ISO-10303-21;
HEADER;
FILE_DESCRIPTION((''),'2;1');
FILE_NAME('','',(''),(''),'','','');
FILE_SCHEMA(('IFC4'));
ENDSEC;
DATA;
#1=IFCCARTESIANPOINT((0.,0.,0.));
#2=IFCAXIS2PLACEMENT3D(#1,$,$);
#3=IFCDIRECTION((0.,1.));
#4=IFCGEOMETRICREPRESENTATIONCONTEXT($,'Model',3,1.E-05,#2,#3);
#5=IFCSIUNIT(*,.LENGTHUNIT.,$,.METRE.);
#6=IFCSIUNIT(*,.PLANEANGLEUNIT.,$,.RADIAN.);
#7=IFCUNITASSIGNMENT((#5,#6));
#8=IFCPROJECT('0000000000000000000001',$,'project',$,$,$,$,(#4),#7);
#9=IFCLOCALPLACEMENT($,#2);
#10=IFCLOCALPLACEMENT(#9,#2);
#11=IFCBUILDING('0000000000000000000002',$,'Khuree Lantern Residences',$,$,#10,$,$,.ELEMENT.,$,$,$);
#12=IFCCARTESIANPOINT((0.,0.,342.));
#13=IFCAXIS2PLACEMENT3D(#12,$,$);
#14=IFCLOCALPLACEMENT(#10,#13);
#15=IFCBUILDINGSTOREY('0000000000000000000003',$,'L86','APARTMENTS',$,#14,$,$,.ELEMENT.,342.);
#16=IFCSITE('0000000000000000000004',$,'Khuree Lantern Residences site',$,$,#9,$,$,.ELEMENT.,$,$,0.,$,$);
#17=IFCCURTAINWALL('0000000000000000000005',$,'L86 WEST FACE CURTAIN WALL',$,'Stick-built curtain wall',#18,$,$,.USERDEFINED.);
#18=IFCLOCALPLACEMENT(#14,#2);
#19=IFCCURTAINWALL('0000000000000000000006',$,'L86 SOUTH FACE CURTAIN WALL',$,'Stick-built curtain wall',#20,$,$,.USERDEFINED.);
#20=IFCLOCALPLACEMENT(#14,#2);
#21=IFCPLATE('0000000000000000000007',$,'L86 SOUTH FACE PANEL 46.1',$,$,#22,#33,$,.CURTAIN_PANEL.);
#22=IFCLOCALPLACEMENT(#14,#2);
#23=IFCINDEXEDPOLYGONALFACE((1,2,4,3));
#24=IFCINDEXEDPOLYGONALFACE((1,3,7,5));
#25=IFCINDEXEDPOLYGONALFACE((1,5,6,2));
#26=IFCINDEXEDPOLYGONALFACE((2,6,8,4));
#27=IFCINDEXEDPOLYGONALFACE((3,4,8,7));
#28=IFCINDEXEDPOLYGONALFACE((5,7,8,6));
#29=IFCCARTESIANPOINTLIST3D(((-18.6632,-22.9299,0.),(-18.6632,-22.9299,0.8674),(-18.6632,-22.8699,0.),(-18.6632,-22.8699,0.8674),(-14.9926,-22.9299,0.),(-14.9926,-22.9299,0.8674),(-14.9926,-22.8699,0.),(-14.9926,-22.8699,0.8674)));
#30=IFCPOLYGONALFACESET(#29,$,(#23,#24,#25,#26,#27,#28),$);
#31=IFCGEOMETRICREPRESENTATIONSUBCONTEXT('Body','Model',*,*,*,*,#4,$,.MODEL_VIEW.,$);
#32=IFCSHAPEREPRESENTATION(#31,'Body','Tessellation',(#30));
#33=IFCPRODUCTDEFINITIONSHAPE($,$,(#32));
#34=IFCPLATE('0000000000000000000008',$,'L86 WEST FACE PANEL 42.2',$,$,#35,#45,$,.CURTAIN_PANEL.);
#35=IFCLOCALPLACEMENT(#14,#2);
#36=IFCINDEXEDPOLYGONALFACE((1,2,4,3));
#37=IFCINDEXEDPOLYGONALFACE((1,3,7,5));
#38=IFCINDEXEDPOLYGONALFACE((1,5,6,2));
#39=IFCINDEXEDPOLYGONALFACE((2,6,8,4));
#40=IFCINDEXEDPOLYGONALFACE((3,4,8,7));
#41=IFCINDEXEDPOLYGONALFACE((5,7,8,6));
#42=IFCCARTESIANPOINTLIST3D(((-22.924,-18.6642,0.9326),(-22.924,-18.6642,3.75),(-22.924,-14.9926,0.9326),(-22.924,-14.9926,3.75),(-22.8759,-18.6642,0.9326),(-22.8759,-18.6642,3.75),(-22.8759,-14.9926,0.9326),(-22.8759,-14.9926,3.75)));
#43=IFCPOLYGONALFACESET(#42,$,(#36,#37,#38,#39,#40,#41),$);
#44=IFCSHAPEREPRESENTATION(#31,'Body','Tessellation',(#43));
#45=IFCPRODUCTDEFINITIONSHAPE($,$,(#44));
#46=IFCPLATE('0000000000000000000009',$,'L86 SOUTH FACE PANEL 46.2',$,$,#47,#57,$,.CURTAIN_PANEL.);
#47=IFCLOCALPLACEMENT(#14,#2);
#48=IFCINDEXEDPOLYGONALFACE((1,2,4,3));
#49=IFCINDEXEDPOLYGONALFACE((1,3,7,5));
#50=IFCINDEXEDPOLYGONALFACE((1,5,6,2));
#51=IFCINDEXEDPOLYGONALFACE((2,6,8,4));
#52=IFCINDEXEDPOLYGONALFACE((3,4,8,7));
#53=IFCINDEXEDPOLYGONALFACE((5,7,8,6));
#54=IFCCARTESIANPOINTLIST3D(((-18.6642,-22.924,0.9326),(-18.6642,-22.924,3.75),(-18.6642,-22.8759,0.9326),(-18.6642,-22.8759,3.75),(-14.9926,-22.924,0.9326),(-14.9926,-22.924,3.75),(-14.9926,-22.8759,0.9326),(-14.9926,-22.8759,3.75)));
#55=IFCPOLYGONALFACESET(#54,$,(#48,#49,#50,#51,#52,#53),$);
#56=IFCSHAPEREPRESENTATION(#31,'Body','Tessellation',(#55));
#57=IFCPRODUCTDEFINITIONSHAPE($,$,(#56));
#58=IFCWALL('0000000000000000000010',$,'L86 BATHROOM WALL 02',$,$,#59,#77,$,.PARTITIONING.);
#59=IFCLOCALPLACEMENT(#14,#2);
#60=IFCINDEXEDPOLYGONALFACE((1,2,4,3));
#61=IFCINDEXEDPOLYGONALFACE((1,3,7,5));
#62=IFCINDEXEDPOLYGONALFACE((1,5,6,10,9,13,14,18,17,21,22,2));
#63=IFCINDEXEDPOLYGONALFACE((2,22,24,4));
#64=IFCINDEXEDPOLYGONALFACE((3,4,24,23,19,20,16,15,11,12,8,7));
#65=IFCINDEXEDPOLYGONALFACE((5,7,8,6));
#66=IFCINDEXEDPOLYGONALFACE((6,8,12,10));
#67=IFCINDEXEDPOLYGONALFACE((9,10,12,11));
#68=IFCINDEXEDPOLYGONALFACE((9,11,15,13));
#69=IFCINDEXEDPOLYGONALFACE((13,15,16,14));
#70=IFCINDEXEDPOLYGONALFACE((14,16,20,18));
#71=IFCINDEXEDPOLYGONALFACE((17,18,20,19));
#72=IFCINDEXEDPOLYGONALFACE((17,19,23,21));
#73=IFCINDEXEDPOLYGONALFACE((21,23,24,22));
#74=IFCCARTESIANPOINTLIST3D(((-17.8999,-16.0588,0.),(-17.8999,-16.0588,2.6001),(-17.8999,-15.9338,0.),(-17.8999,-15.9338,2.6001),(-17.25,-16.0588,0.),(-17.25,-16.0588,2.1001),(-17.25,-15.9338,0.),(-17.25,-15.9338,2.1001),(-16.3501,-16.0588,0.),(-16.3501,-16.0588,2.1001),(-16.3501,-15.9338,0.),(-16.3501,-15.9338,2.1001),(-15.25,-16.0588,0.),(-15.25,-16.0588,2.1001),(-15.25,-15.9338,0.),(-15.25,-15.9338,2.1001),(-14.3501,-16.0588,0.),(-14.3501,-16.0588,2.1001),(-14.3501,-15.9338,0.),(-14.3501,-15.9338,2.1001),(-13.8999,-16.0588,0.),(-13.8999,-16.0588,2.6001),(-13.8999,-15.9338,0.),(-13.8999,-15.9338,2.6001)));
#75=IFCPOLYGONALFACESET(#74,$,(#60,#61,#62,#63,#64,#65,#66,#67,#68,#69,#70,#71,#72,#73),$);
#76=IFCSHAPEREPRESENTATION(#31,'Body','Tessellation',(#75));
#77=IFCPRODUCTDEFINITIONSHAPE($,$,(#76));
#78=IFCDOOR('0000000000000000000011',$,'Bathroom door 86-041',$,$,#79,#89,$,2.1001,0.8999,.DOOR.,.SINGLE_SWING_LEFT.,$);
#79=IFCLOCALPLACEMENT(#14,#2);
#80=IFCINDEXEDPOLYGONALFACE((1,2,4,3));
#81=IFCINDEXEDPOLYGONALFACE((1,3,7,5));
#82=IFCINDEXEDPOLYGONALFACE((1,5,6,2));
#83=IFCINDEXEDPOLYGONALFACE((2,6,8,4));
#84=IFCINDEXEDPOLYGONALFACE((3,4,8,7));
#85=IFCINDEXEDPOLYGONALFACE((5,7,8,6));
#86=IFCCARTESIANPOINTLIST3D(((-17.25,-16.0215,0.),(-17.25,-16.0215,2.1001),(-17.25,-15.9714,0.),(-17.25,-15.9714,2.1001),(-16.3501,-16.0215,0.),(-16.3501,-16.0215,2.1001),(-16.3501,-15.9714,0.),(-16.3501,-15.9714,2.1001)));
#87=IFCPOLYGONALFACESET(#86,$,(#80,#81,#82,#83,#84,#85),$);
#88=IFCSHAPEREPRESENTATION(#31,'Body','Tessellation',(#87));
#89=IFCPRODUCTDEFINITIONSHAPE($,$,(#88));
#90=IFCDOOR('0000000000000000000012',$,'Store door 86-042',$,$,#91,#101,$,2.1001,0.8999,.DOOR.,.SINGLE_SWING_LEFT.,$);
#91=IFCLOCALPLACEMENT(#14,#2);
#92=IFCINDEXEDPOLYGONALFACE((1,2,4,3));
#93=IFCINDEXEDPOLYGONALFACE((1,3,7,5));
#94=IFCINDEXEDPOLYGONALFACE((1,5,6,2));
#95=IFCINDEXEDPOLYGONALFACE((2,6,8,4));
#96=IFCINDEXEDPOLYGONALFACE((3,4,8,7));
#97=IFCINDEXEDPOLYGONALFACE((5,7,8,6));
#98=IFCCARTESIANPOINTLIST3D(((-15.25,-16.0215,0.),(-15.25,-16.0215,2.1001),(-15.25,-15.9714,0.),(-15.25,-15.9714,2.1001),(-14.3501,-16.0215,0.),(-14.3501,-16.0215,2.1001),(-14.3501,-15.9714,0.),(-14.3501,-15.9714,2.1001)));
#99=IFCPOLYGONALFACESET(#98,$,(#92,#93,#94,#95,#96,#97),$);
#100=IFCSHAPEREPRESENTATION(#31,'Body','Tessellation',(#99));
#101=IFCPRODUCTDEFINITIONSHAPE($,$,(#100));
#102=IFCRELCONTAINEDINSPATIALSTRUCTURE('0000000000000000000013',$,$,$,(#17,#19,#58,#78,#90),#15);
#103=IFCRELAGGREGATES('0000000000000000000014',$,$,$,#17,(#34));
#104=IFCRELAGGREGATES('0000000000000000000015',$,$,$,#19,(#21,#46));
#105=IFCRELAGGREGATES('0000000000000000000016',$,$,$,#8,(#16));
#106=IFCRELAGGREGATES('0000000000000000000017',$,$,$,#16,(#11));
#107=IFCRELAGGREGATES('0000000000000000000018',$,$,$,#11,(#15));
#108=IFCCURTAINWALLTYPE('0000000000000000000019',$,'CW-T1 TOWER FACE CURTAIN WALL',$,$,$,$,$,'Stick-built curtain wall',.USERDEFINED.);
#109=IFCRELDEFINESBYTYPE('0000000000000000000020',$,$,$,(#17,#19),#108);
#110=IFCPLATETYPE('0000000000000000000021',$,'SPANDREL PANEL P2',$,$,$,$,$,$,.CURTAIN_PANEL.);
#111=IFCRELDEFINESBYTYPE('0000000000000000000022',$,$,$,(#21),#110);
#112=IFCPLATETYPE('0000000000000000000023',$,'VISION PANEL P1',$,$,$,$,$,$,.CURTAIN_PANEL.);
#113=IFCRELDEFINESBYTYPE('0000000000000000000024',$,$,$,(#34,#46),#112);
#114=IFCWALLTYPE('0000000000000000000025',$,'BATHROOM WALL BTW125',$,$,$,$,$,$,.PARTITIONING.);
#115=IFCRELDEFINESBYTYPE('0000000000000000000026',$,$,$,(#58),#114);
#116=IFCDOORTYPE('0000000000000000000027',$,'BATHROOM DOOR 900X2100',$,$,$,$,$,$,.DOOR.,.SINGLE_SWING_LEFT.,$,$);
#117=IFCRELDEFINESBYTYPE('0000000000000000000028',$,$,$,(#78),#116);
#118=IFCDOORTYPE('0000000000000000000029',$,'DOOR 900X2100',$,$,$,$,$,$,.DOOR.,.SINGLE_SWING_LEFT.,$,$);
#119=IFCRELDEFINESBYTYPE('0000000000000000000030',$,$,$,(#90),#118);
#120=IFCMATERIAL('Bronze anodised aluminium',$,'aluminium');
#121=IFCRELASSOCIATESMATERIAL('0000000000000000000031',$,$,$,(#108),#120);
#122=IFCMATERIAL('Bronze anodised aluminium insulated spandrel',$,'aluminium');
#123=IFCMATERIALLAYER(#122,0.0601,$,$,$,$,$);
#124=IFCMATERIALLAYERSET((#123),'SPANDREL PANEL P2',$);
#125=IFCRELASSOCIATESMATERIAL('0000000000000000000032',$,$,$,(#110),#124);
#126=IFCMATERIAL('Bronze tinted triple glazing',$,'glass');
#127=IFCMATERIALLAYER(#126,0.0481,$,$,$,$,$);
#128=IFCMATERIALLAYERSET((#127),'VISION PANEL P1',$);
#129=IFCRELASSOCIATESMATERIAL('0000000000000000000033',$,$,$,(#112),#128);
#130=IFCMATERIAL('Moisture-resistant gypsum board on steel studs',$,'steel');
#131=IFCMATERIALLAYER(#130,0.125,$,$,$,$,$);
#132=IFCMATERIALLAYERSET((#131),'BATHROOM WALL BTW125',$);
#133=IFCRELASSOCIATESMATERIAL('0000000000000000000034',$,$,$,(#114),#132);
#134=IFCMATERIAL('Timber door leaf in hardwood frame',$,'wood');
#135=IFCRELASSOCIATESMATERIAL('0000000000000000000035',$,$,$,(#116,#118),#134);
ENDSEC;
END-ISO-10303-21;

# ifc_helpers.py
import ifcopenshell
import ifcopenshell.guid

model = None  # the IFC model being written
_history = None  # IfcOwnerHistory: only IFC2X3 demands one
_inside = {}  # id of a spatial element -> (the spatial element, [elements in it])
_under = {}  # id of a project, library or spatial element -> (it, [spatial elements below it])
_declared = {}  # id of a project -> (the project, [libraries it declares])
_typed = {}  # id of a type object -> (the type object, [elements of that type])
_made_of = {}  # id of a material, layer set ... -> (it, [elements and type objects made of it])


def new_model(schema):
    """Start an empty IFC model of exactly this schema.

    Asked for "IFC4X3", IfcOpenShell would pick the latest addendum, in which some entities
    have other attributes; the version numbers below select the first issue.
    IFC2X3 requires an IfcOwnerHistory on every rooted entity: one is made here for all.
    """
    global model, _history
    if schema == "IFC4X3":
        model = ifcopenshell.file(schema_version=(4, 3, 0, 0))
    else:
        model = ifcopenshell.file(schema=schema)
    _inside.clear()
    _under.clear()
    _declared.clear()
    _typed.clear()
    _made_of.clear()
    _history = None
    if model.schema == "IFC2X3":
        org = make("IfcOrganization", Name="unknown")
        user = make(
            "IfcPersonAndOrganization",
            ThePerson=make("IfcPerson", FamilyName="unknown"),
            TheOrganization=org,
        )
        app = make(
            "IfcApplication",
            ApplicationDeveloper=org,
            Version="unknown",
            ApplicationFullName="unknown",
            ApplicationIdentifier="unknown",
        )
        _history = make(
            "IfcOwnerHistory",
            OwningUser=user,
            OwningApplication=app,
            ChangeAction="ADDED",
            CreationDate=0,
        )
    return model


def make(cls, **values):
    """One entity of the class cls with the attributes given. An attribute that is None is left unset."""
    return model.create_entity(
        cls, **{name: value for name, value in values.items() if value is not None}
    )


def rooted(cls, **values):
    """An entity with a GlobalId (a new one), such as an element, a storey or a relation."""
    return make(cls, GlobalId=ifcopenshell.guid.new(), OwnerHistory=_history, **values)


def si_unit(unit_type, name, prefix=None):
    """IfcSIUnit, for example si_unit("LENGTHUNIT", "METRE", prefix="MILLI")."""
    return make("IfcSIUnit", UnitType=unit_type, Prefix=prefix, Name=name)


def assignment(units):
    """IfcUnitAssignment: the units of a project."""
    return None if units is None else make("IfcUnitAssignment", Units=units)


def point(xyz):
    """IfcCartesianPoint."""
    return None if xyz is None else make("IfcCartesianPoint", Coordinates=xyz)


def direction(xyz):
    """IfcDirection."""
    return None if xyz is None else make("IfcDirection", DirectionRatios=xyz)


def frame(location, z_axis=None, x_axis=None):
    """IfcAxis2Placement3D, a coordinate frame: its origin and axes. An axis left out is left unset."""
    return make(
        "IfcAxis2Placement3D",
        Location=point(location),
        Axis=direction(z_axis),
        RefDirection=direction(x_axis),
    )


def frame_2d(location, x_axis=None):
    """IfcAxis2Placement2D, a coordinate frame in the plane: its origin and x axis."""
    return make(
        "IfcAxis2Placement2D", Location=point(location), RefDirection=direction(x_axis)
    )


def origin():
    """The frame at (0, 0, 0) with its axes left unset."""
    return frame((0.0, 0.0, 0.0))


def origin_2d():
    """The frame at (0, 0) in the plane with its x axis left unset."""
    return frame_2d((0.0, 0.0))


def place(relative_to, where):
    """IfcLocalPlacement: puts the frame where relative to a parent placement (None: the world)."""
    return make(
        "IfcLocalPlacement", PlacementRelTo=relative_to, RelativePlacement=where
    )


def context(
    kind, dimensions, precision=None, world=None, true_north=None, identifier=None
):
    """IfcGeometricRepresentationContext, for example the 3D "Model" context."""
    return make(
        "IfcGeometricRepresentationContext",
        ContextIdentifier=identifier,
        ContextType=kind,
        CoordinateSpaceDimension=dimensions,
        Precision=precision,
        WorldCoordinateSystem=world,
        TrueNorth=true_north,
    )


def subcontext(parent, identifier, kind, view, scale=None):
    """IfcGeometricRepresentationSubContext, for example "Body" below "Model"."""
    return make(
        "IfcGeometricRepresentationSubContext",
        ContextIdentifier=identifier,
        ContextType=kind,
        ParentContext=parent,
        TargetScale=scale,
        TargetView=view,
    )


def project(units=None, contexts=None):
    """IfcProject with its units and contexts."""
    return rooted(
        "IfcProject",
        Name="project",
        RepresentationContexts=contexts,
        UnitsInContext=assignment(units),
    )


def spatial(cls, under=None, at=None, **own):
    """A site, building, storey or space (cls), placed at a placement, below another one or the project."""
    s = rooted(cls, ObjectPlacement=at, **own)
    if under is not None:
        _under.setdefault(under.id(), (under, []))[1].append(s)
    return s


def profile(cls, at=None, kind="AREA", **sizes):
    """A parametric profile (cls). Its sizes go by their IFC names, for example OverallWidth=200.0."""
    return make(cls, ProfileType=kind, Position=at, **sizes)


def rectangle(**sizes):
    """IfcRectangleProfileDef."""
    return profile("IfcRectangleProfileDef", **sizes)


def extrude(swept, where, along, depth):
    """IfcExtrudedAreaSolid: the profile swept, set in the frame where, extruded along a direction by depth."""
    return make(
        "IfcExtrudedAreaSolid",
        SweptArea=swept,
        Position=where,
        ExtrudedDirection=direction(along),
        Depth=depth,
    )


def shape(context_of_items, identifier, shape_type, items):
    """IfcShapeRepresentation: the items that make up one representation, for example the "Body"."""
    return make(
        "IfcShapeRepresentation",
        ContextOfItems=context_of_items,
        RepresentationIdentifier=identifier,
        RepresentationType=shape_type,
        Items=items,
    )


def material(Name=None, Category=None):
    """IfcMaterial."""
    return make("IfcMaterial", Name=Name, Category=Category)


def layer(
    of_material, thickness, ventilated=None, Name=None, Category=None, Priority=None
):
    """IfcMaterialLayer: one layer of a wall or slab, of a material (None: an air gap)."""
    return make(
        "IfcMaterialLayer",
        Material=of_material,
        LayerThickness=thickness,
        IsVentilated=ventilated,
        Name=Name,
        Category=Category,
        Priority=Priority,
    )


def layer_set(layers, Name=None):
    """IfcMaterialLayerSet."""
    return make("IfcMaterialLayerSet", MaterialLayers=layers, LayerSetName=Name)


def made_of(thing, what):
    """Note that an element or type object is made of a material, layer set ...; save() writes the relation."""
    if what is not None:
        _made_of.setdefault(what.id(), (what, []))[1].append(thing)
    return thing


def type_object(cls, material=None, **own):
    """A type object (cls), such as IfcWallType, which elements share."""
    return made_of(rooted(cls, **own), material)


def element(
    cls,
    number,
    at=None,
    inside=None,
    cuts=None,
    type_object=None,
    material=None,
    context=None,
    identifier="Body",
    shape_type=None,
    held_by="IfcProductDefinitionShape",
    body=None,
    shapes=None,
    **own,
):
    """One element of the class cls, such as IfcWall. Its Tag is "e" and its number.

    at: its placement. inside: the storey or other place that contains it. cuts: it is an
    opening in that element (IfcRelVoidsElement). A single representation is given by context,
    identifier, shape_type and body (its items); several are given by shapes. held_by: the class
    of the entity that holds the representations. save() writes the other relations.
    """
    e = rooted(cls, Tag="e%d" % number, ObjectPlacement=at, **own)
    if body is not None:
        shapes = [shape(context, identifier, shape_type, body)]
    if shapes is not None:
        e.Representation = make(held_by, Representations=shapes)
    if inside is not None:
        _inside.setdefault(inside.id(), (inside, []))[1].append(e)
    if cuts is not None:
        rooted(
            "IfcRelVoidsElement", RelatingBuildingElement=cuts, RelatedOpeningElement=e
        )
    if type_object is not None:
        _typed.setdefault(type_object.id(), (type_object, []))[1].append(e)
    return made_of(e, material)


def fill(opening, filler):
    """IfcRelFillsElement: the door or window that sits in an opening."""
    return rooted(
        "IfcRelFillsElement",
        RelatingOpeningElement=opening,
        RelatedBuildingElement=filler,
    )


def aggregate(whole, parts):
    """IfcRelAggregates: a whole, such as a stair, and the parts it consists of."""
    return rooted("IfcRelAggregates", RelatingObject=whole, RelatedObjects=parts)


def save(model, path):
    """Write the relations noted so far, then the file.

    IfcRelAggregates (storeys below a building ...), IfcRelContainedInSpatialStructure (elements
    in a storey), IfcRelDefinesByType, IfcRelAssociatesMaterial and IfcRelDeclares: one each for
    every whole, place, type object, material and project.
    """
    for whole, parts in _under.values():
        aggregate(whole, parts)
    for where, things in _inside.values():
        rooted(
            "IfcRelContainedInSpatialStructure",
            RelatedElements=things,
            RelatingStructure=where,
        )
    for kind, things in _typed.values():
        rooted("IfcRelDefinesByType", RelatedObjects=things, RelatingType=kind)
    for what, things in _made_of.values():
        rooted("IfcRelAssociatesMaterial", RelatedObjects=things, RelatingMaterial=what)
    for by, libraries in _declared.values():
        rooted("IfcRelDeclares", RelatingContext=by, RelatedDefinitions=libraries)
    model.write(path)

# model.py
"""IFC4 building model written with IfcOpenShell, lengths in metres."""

from ifc_helpers import new_model, si_unit, direction, frame, frame_2d, origin, origin_2d, place, context, subcontext, project, spatial, rectangle, extrude, material, layer, layer_set, type_object, element, fill, aggregate, save


model = new_model("IFC4")

# Units and contexts
model_context = context("Model", 3, precision=1e-05, world=origin(), true_north=direction((0.0, 1.0)))
body_context = subcontext(model_context, "Body", "Model", "MODEL_VIEW")
ifc_project = project(units=[si_unit("LENGTHUNIT", "METRE"), si_unit("PLANEANGLEUNIT", "RADIAN")], contexts=[model_context])

# Site, building, storey
site_placement = place(None, origin())
site = spatial("IfcSite", under=ifc_project, at=site_placement, Name="Khuree Lantern Residences site", CompositionType="ELEMENT", RefElevation=0.0)
building_placement = place(site_placement, origin())
building = spatial("IfcBuilding", under=site, at=building_placement, Name="Khuree Lantern Residences", CompositionType="ELEMENT")
storey_placement = place(building_placement, frame((0.0, 0.0, 342.0)))
storey = spatial("IfcBuildingStorey", under=building, at=storey_placement, Name="L86", Description="APARTMENTS", CompositionType="ELEMENT", Elevation=342.0)

# Shared definitions
ifc_material_1 = material(Name="Bronze anodised aluminium", Category="aluminium")

# Curtain wall
curtain_wall_type_1 = type_object("IfcCurtainWallType", Name="CW-T1 TOWER FACE CURTAIN WALL", ElementType="Stick-built curtain wall", PredefinedType="USERDEFINED", material=ifc_material_1)
curtain_wall_1_placement = place(storey_placement, origin())
curtain_wall_1 = element("IfcCurtainWall", 1, at=curtain_wall_1_placement, inside=storey, type_object=curtain_wall_type_1, Name="L86 WEST FACE CURTAIN WALL", ObjectType="Stick-built curtain wall", PredefinedType="USERDEFINED")

# Curtain wall
curtain_wall_2_placement = place(storey_placement, origin())
curtain_wall_2 = element("IfcCurtainWall", 2, at=curtain_wall_2_placement, inside=storey, type_object=curtain_wall_type_1, Name="L86 SOUTH FACE CURTAIN WALL", ObjectType="Stick-built curtain wall", PredefinedType="USERDEFINED")

# Plates
ifc_material_2 = material(Name="Bronze tinted triple glazing", Category="glass")
ifc_material_3 = material(Name="Bronze anodised aluminium insulated spandrel", Category="aluminium")
ifc_layer_1 = layer(ifc_material_3, 0.0601)
ifc_layer_set_1 = layer_set([ifc_layer_1], Name="SPANDREL PANEL P2")
plate_type_1 = type_object("IfcPlateType", Name="SPANDREL PANEL P2", PredefinedType="CURTAIN_PANEL", material=ifc_layer_set_1)
plate_1_placement = place(storey_placement, frame((-16.8279, -22.8999, 0.0), z_axis=(0.0, 0.0, 1.0), x_axis=(1.0, 0.0, 0.0)))
plate_1 = element("IfcPlate", 3, at=plate_1_placement, type_object=plate_type_1, Name="L86 SOUTH FACE PANEL 46.1", PredefinedType="CURTAIN_PANEL", context=body_context, shape_type="SweptSolid", body=[
    extrude(rectangle(XDim=3.6707, YDim=0.0601, at=origin_2d()), origin(), (0.0, 0.0, 1.0), 0.8674),
])
ifc_layer_2 = layer(ifc_material_2, 0.0481)
ifc_layer_set_2 = layer_set([ifc_layer_2], Name="VISION PANEL P1")
plate_type_2 = type_object("IfcPlateType", Name="VISION PANEL P1", PredefinedType="CURTAIN_PANEL", material=ifc_layer_set_2)
plate_2_placement = place(storey_placement, frame((-22.8999, -16.8284, 0.9326), z_axis=(0.0, 0.0, 1.0), x_axis=(0.0, -1.0, 0.0)))
plate_2 = element("IfcPlate", 4, at=plate_2_placement, type_object=plate_type_2, Name="L86 WEST FACE PANEL 42.2", PredefinedType="CURTAIN_PANEL", context=body_context, shape_type="SweptSolid", body=[
    extrude(rectangle(XDim=3.6716, YDim=0.0481, at=origin_2d()), origin(), (0.0, 0.0, 1.0), 2.8174),
])
aggregate(curtain_wall_1, [plate_2])
plate_3_placement = place(storey_placement, frame((-16.8284, -22.8999, 0.9326), z_axis=(0.0, 0.0, 1.0), x_axis=(1.0, 0.0, 0.0)))
plate_3 = element("IfcPlate", 5, at=plate_3_placement, type_object=plate_type_2, Name="L86 SOUTH FACE PANEL 46.2", PredefinedType="CURTAIN_PANEL", context=body_context, shape_type="SweptSolid", body=[
    extrude(rectangle(XDim=3.6716, YDim=0.0481, at=origin_2d()), origin(), (0.0, 0.0, 1.0), 2.8174),
])
aggregate(curtain_wall_2, [plate_1, plate_3])

# Wall, openings, doors
ifc_material_4 = material(Name="Moisture-resistant gypsum board on steel studs", Category="steel")
ifc_layer_3 = layer(ifc_material_4, 0.125)
ifc_layer_set_3 = layer_set([ifc_layer_3], Name="BATHROOM WALL BTW125")
wall_type = type_object("IfcWallType", Name="BATHROOM WALL BTW125", PredefinedType="PARTITIONING", material=ifc_layer_set_3)
wall_placement = place(storey_placement, frame((-17.8999, -15.9963, 0.0), z_axis=(0.0, 0.0, 1.0), x_axis=(1.0, 0.0, 0.0)))
wall = element("IfcWall", 6, at=wall_placement, inside=storey, type_object=wall_type, Name="L86 BATHROOM WALL 02", PredefinedType="PARTITIONING", context=body_context, shape_type="SweptSolid", body=[
    extrude(rectangle(XDim=4.0, YDim=0.125, at=frame_2d((2.0, 0.0))), origin(), (0.0, 0.0, 1.0), 2.6001),
])
opening_1_placement = place(wall_placement, frame((0.6499, 0.0, 0.0)))
opening_1 = element("IfcOpeningElement", 7, at=opening_1_placement, cuts=wall, PredefinedType="OPENING", context=body_context, shape_type="SweptSolid", body=[
    extrude(rectangle(XDim=0.8999, YDim=2.1001, at=frame_2d((0.45, 1.05))), frame((0.0, 0.0725, 0.0), z_axis=(0.0, -1.0, 0.0), x_axis=(1.0, 0.0, 0.0)), (0.0, 0.0, 1.0), 0.145),
])
opening_2_placement = place(wall_placement, frame((2.6499, 0.0, 0.0)))
opening_2 = element("IfcOpeningElement", 8, at=opening_2_placement, cuts=wall, PredefinedType="OPENING", context=body_context, shape_type="SweptSolid", body=[
    extrude(rectangle(XDim=0.8999, YDim=2.1001, at=frame_2d((0.45, 1.05))), frame((0.0, 0.0725, 0.0), z_axis=(0.0, -1.0, 0.0), x_axis=(1.0, 0.0, 0.0)), (0.0, 0.0, 1.0), 0.145),
])
ifc_material_5 = material(Name="Timber door leaf in hardwood frame", Category="wood")
door_type_1 = type_object("IfcDoorType", Name="BATHROOM DOOR 900X2100", OperationType="SINGLE_SWING_LEFT", PredefinedType="DOOR", material=ifc_material_5)
door_1_placement = place(opening_1_placement, origin())
door_1 = element("IfcDoor", 9, at=door_1_placement, inside=storey, type_object=door_type_1, Name="Bathroom door 86-041", OperationType="SINGLE_SWING_LEFT", OverallHeight=2.1001, OverallWidth=0.8999, PredefinedType="DOOR", context=body_context, shape_type="SweptSolid", body=[
    extrude(rectangle(XDim=0.8999, YDim=2.1001, at=frame_2d((0.45, 1.05))), frame((0.0, 0.0249, 0.0), z_axis=(0.0, -1.0, 0.0), x_axis=(1.0, 0.0, 0.0)), (0.0, 0.0, 1.0), 0.05),
])
fill(opening_1, door_1)
door_type_2 = type_object("IfcDoorType", Name="DOOR 900X2100", OperationType="SINGLE_SWING_LEFT", PredefinedType="DOOR", material=ifc_material_5)
door_2_placement = place(opening_2_placement, origin())
door_2 = element("IfcDoor", 10, at=door_2_placement, inside=storey, type_object=door_type_2, Name="Store door 86-042", OperationType="SINGLE_SWING_LEFT", OverallHeight=2.1001, OverallWidth=0.8999, PredefinedType="DOOR", context=body_context, shape_type="SweptSolid", body=[
    extrude(rectangle(XDim=0.8999, YDim=2.1001, at=frame_2d((0.45, 1.05))), frame((0.0, 0.0249, 0.0), z_axis=(0.0, -1.0, 0.0), x_axis=(1.0, 0.0, 0.0)), (0.0, 0.0, 1.0), 0.05),
])
fill(opening_2, door_2)

save(model, "model.ifc")
